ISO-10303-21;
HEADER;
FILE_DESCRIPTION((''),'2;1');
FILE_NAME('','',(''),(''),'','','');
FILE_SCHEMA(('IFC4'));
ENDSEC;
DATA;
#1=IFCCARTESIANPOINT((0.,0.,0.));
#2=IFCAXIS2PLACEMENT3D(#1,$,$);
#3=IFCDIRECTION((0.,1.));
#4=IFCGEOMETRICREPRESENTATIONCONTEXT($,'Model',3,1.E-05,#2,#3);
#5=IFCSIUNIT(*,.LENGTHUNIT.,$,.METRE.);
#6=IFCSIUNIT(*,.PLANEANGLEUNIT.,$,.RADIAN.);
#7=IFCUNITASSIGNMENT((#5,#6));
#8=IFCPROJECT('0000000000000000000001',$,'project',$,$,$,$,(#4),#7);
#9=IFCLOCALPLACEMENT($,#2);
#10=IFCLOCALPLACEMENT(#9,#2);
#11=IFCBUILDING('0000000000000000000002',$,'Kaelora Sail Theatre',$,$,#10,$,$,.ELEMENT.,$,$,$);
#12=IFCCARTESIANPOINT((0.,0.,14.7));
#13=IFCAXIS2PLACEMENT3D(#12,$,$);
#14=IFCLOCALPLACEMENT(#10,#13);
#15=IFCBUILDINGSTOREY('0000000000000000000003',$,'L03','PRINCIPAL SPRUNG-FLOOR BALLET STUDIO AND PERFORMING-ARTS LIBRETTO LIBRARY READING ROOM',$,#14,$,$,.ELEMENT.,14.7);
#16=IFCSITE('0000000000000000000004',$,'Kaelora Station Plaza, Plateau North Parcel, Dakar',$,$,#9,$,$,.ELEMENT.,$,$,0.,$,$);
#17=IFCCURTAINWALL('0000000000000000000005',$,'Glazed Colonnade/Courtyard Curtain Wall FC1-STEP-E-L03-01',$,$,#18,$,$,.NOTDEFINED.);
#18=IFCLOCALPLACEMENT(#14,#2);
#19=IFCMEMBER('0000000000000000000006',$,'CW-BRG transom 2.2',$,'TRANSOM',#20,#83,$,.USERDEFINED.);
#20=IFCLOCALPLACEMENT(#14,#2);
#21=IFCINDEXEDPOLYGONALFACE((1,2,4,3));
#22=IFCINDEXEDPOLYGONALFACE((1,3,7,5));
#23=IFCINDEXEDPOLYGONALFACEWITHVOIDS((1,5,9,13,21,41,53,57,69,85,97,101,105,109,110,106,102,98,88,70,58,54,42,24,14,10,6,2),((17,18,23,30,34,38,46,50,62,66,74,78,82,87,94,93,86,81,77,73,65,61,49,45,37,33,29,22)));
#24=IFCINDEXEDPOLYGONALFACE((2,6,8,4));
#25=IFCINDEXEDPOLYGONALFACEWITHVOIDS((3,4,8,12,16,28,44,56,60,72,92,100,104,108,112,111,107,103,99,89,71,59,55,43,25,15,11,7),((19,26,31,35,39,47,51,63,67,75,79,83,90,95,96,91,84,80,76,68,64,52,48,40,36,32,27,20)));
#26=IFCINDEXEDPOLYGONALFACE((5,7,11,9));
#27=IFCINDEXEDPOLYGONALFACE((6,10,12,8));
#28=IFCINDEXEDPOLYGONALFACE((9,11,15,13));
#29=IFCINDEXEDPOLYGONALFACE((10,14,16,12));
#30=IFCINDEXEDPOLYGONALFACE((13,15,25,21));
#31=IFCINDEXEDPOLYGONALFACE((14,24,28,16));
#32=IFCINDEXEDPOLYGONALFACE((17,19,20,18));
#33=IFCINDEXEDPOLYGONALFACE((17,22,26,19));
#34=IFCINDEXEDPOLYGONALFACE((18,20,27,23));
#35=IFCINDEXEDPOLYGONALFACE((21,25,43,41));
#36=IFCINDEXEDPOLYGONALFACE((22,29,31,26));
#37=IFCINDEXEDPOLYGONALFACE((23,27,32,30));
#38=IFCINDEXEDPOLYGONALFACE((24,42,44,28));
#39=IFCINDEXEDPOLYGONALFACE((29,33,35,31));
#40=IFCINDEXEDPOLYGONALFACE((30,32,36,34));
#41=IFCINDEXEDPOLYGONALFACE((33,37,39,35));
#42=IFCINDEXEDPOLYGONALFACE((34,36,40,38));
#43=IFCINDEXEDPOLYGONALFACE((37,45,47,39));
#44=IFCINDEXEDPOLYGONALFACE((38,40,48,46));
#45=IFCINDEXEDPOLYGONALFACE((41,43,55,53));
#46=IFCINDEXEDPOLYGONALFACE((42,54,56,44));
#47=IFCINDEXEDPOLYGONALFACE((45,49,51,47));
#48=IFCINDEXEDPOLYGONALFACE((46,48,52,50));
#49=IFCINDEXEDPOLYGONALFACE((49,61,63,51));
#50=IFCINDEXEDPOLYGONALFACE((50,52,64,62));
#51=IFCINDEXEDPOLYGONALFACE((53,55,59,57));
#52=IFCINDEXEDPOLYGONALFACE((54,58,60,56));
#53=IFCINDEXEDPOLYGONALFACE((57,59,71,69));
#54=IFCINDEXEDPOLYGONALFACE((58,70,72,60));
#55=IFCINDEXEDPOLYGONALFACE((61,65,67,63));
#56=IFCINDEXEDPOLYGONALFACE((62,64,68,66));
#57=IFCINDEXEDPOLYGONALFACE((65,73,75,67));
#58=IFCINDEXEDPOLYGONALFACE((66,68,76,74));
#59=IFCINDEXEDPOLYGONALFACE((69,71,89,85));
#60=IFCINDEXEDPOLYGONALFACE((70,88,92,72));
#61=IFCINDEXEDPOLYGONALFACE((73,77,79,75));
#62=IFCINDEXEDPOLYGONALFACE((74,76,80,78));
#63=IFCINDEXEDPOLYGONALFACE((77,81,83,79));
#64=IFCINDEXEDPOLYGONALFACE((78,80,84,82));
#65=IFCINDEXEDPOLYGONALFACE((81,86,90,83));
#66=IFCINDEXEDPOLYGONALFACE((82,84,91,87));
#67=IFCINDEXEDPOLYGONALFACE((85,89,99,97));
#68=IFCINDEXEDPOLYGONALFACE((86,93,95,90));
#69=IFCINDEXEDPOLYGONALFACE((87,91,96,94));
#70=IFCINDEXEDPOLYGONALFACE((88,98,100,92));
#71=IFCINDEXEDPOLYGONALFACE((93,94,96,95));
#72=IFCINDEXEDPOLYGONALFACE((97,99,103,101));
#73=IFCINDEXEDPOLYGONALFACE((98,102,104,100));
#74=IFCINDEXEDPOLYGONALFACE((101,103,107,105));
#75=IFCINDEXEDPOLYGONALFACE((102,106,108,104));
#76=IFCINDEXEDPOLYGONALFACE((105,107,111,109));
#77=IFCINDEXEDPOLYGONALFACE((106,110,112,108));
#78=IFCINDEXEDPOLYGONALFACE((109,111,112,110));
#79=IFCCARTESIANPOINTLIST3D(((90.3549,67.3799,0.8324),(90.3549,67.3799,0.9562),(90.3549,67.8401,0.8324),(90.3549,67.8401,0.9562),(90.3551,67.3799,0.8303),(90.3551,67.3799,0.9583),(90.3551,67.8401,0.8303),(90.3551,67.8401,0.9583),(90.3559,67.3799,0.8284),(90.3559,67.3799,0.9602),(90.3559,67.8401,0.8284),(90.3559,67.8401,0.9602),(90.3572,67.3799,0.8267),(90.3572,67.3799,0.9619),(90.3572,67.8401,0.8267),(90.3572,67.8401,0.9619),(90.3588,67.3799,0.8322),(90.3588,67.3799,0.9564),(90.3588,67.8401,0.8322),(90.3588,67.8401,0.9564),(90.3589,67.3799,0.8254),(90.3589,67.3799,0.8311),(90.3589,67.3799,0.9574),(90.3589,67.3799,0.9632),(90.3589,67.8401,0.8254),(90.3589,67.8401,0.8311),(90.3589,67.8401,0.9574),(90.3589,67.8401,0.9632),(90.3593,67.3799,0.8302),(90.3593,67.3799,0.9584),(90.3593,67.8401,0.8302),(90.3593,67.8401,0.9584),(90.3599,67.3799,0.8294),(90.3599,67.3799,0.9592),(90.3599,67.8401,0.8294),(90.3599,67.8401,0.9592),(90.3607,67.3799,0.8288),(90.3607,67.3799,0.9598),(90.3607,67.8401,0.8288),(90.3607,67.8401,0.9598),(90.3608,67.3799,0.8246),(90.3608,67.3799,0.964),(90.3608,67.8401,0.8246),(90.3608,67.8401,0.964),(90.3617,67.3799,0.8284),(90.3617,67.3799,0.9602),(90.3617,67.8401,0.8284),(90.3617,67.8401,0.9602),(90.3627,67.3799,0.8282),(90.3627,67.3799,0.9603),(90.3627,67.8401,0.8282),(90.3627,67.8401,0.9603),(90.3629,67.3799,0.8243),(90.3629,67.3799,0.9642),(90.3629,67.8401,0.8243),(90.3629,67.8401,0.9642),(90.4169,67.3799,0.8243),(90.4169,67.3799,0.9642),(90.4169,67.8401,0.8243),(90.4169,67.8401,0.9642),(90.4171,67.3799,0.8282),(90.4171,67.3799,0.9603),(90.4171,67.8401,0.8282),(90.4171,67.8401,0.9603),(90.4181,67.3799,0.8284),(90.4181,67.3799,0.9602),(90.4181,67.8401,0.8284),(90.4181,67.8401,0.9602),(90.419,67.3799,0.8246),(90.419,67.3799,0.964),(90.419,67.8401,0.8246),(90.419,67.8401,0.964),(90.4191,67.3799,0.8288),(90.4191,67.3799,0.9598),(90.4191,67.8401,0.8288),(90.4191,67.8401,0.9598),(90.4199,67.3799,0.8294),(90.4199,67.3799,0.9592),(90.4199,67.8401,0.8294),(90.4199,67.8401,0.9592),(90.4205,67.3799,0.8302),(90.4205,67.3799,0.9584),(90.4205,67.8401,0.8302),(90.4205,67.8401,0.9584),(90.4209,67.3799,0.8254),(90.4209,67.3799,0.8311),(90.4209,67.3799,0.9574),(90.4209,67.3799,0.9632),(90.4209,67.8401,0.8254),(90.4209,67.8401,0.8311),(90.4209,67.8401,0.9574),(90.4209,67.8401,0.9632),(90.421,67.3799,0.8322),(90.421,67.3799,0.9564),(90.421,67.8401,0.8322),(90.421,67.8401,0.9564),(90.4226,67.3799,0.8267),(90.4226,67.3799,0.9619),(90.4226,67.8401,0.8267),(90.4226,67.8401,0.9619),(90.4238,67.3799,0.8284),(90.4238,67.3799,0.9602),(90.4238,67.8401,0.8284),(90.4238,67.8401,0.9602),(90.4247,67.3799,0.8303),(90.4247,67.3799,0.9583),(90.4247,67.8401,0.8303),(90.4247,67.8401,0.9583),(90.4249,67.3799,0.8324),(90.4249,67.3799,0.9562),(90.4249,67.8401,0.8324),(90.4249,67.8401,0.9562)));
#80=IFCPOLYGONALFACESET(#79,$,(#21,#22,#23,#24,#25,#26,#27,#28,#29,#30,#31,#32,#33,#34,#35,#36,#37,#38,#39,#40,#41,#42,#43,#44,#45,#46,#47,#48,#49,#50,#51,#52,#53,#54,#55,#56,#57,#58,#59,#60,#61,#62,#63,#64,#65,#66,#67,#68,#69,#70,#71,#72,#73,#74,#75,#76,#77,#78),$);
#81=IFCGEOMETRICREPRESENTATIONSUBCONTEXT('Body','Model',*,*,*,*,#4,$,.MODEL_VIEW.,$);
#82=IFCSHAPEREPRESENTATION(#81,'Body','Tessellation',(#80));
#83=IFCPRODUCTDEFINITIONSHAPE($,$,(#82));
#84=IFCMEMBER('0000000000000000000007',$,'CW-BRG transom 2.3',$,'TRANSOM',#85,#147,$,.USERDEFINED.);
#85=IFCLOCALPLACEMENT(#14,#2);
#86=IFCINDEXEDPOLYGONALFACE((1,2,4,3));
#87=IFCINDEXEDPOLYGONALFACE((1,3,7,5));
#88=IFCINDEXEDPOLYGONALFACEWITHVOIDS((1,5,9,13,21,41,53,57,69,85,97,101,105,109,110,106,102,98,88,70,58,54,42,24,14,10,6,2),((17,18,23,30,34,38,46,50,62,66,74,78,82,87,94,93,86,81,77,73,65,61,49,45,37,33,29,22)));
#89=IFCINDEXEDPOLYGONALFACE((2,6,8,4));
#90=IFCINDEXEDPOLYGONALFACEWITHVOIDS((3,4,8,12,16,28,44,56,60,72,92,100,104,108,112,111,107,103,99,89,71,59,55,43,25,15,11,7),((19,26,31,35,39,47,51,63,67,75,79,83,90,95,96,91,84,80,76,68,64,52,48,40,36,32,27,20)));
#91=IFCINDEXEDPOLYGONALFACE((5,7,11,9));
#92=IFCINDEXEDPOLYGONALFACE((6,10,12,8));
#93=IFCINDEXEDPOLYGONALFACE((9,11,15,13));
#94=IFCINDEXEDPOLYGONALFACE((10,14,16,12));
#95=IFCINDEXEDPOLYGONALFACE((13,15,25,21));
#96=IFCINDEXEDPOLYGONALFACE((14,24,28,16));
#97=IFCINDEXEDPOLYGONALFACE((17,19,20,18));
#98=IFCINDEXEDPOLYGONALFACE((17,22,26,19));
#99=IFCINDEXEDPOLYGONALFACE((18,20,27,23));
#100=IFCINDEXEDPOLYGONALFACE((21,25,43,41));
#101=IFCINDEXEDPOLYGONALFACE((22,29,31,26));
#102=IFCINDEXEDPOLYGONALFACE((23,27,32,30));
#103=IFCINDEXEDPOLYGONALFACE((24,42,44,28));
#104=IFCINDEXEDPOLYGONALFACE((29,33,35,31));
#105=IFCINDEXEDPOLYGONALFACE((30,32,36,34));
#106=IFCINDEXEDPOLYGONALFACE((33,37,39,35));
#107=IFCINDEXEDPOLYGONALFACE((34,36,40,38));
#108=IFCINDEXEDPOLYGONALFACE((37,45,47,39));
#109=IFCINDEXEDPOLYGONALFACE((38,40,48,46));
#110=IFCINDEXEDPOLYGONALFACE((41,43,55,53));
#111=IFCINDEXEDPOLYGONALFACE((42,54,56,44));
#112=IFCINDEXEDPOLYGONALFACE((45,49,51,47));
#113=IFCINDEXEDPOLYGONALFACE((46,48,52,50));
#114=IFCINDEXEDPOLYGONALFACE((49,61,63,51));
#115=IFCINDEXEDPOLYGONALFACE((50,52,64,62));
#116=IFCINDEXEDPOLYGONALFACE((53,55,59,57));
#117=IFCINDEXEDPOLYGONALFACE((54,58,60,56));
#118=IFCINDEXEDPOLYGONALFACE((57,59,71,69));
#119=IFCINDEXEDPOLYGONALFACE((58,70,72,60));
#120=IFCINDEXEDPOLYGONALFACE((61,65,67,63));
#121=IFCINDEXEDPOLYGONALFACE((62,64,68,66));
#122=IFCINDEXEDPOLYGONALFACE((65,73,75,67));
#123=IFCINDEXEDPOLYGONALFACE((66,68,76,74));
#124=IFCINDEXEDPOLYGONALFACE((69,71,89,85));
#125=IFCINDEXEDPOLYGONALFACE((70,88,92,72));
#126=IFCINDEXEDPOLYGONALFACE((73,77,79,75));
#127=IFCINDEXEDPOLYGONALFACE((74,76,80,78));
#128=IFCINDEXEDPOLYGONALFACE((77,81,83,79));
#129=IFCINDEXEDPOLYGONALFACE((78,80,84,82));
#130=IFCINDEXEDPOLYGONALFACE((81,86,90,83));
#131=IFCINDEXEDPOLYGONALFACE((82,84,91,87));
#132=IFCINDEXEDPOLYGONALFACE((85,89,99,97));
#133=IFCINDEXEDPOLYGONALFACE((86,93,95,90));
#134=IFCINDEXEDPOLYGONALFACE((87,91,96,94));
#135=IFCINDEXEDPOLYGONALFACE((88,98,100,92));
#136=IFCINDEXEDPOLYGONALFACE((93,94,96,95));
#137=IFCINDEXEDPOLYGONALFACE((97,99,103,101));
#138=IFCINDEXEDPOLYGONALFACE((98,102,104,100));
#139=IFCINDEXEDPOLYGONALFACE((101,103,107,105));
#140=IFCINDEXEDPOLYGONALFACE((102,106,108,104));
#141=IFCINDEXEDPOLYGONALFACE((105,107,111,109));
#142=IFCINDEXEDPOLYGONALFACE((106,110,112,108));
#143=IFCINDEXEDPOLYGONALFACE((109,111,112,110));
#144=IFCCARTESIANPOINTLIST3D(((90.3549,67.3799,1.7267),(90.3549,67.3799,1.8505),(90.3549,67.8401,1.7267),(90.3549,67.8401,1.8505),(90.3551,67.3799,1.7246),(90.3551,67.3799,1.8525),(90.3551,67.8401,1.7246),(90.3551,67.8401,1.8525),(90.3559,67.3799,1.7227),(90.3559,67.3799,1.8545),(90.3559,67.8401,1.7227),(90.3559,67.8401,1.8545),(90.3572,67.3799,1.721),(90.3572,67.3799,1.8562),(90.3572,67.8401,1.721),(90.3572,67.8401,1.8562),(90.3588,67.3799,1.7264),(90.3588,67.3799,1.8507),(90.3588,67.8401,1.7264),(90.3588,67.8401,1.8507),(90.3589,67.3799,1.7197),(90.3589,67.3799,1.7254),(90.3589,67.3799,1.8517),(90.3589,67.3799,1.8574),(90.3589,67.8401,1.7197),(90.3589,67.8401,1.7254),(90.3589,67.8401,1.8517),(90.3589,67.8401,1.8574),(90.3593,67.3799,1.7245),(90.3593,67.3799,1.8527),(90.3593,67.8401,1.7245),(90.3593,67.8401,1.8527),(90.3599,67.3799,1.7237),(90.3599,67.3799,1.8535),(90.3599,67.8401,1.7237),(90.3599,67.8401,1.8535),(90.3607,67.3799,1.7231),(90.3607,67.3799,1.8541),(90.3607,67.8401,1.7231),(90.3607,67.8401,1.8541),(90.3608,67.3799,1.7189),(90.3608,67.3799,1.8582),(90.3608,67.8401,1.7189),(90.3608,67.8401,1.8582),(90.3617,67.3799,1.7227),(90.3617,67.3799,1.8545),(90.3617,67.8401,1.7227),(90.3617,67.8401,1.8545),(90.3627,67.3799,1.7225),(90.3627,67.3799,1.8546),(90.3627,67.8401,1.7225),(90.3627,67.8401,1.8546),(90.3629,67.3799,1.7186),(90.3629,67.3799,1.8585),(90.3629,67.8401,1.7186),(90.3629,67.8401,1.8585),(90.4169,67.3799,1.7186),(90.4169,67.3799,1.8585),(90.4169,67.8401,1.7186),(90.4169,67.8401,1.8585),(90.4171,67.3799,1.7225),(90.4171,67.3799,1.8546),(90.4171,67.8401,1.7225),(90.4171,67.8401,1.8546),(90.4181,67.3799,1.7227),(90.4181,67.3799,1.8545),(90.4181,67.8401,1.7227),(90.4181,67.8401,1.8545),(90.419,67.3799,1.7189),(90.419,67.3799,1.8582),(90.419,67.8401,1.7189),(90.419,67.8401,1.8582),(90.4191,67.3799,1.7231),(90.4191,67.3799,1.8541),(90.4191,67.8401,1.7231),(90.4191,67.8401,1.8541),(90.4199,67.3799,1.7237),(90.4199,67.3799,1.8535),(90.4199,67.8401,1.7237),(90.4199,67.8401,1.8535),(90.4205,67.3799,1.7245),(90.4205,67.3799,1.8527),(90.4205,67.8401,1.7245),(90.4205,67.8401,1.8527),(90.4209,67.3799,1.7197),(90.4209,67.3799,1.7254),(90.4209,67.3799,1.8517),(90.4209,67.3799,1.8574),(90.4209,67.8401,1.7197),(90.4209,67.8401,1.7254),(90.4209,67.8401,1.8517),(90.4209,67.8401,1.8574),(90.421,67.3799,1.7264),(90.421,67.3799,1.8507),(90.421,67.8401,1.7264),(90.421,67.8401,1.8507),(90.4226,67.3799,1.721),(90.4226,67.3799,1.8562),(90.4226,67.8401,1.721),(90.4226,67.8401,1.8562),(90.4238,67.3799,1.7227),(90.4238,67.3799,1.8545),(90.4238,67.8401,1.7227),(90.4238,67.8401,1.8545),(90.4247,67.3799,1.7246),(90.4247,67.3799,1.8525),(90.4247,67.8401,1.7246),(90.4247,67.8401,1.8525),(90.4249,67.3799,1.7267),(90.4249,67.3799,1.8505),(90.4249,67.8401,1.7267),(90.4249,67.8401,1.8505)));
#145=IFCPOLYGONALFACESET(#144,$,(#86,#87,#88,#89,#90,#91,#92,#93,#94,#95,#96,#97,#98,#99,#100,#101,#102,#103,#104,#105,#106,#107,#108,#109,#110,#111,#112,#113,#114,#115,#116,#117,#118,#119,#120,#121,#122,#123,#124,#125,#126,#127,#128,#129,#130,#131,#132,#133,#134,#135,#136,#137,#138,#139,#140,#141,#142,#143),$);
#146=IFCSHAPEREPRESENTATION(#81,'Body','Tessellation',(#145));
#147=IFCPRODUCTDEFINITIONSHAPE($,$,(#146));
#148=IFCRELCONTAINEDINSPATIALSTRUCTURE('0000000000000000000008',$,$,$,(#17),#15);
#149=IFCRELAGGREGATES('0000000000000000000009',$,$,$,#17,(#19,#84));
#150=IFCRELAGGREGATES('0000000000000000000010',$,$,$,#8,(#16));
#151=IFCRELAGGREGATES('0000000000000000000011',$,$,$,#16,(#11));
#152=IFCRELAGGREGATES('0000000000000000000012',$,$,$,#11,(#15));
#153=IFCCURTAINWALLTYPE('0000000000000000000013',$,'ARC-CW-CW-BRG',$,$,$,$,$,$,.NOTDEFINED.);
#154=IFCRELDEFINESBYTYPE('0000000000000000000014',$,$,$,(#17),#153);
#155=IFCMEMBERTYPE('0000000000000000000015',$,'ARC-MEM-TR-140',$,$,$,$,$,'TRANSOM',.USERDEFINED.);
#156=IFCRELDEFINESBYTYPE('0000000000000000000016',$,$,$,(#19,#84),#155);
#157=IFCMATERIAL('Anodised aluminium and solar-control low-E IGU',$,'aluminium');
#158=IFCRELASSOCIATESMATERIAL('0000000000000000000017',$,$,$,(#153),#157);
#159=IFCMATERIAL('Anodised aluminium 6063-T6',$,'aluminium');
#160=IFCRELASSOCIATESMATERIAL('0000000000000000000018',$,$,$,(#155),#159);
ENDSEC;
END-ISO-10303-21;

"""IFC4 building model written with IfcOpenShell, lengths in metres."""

from ifc_helpers import new_model, si_unit, direction, frame, origin, origin_2d, place, context, subcontext, project, spatial, hollow_rectangle, extrude, material, material_profile, profile_set, type_object, element, aggregate, save


model = new_model("IFC4")

# Units and contexts
model_context = context("Model", 3, precision=1e-05, world=origin(), true_north=direction((0.0, 1.0)))
body_context = subcontext(model_context, "Body", "Model", "MODEL_VIEW")
ifc_project = project(units=[si_unit("LENGTHUNIT", "METRE"), si_unit("PLANEANGLEUNIT", "RADIAN")], contexts=[model_context])

# Site, building, storey
site_placement = place(None, origin())
site = spatial("IfcSite", under=ifc_project, at=site_placement, Name="Kaelora Station Plaza, Plateau North Parcel, Dakar", CompositionType="ELEMENT", RefElevation=0.0)
building_placement = place(site_placement, origin())
building = spatial("IfcBuilding", under=site, at=building_placement, Name="Kaelora Sail Theatre", CompositionType="ELEMENT")
storey_placement = place(building_placement, frame((0.0, 0.0, 14.7)))
storey = spatial("IfcBuildingStorey", under=building, at=storey_placement, Name="L03", Description="PRINCIPAL SPRUNG-FLOOR BALLET STUDIO AND PERFORMING-ARTS LIBRETTO LIBRARY READING ROOM", CompositionType="ELEMENT", Elevation=14.7)

# Shared definitions
ifc_material_1 = material(Name="Anodised aluminium and solar-control low-E IGU", Category="aluminium")
curtain_wall_type = type_object("IfcCurtainWallType", Name="ARC-CW-CW-BRG", PredefinedType="NOTDEFINED", material=ifc_material_1)

# Curtain wall
curtain_wall_1_placement = place(storey_placement, origin())
curtain_wall_1 = element("IfcCurtainWall", 1, at=curtain_wall_1_placement, inside=storey, type_object=curtain_wall_type, Name="Glazed Colonnade/Courtyard Curtain Wall FC1-STEP-E-L03-01", PredefinedType="NOTDEFINED")

# Members
ifc_material_2 = material(Name="Anodised aluminium 6063-T6", Category="aluminium")
ifc_material_profile_1 = material_profile(ifc_material_2, hollow_rectangle(XDim=0.0701, YDim=0.1399, WallThickness=0.0039, InnerFilletRadius=0.0039, OuterFilletRadius=0.0081, at=origin_2d()), Name="ALU-TRAN 70x140x4")
ifc_profile_set_1 = profile_set([ifc_material_profile_1], Name="Anodised aluminium 6063-T6")
member_type_1 = type_object("IfcMemberType", Name="ARC-MEM-TR-140", ElementType="TRANSOM", PredefinedType="USERDEFINED", material=ifc_profile_set_1)
member_1_placement = place(storey_placement, frame((90.3899, 67.3799, 0.8943), z_axis=(0.0, 1.0, 0.0), x_axis=(-1.0, 0.0, 0.0)))
member_1 = element("IfcMember", 2, at=member_1_placement, type_object=member_type_1, Name="CW-BRG transom 2.2", ObjectType="TRANSOM", PredefinedType="USERDEFINED", context=body_context, shape_type="SweptSolid", body=[
    extrude(hollow_rectangle(XDim=0.0701, YDim=0.1399, WallThickness=0.0039, InnerFilletRadius=0.0039, OuterFilletRadius=0.0081, at=origin_2d()), origin(), (0.0, 0.0, 1.0), 0.4602),
])
member_2_placement = place(storey_placement, frame((90.3899, 67.3799, 1.7886), z_axis=(0.0, 1.0, 0.0), x_axis=(-1.0, 0.0, 0.0)))
member_2 = element("IfcMember", 3, at=member_2_placement, type_object=member_type_1, Name="CW-BRG transom 2.3", ObjectType="TRANSOM", PredefinedType="USERDEFINED", context=body_context, shape_type="SweptSolid", body=[
    extrude(hollow_rectangle(XDim=0.0701, YDim=0.1399, WallThickness=0.0039, InnerFilletRadius=0.0039, OuterFilletRadius=0.0081, at=origin_2d()), origin(), (0.0, 0.0, 1.0), 0.4602),
])

aggregate(curtain_wall_1, [member_1, member_2])

save(model, "model.ifc")
